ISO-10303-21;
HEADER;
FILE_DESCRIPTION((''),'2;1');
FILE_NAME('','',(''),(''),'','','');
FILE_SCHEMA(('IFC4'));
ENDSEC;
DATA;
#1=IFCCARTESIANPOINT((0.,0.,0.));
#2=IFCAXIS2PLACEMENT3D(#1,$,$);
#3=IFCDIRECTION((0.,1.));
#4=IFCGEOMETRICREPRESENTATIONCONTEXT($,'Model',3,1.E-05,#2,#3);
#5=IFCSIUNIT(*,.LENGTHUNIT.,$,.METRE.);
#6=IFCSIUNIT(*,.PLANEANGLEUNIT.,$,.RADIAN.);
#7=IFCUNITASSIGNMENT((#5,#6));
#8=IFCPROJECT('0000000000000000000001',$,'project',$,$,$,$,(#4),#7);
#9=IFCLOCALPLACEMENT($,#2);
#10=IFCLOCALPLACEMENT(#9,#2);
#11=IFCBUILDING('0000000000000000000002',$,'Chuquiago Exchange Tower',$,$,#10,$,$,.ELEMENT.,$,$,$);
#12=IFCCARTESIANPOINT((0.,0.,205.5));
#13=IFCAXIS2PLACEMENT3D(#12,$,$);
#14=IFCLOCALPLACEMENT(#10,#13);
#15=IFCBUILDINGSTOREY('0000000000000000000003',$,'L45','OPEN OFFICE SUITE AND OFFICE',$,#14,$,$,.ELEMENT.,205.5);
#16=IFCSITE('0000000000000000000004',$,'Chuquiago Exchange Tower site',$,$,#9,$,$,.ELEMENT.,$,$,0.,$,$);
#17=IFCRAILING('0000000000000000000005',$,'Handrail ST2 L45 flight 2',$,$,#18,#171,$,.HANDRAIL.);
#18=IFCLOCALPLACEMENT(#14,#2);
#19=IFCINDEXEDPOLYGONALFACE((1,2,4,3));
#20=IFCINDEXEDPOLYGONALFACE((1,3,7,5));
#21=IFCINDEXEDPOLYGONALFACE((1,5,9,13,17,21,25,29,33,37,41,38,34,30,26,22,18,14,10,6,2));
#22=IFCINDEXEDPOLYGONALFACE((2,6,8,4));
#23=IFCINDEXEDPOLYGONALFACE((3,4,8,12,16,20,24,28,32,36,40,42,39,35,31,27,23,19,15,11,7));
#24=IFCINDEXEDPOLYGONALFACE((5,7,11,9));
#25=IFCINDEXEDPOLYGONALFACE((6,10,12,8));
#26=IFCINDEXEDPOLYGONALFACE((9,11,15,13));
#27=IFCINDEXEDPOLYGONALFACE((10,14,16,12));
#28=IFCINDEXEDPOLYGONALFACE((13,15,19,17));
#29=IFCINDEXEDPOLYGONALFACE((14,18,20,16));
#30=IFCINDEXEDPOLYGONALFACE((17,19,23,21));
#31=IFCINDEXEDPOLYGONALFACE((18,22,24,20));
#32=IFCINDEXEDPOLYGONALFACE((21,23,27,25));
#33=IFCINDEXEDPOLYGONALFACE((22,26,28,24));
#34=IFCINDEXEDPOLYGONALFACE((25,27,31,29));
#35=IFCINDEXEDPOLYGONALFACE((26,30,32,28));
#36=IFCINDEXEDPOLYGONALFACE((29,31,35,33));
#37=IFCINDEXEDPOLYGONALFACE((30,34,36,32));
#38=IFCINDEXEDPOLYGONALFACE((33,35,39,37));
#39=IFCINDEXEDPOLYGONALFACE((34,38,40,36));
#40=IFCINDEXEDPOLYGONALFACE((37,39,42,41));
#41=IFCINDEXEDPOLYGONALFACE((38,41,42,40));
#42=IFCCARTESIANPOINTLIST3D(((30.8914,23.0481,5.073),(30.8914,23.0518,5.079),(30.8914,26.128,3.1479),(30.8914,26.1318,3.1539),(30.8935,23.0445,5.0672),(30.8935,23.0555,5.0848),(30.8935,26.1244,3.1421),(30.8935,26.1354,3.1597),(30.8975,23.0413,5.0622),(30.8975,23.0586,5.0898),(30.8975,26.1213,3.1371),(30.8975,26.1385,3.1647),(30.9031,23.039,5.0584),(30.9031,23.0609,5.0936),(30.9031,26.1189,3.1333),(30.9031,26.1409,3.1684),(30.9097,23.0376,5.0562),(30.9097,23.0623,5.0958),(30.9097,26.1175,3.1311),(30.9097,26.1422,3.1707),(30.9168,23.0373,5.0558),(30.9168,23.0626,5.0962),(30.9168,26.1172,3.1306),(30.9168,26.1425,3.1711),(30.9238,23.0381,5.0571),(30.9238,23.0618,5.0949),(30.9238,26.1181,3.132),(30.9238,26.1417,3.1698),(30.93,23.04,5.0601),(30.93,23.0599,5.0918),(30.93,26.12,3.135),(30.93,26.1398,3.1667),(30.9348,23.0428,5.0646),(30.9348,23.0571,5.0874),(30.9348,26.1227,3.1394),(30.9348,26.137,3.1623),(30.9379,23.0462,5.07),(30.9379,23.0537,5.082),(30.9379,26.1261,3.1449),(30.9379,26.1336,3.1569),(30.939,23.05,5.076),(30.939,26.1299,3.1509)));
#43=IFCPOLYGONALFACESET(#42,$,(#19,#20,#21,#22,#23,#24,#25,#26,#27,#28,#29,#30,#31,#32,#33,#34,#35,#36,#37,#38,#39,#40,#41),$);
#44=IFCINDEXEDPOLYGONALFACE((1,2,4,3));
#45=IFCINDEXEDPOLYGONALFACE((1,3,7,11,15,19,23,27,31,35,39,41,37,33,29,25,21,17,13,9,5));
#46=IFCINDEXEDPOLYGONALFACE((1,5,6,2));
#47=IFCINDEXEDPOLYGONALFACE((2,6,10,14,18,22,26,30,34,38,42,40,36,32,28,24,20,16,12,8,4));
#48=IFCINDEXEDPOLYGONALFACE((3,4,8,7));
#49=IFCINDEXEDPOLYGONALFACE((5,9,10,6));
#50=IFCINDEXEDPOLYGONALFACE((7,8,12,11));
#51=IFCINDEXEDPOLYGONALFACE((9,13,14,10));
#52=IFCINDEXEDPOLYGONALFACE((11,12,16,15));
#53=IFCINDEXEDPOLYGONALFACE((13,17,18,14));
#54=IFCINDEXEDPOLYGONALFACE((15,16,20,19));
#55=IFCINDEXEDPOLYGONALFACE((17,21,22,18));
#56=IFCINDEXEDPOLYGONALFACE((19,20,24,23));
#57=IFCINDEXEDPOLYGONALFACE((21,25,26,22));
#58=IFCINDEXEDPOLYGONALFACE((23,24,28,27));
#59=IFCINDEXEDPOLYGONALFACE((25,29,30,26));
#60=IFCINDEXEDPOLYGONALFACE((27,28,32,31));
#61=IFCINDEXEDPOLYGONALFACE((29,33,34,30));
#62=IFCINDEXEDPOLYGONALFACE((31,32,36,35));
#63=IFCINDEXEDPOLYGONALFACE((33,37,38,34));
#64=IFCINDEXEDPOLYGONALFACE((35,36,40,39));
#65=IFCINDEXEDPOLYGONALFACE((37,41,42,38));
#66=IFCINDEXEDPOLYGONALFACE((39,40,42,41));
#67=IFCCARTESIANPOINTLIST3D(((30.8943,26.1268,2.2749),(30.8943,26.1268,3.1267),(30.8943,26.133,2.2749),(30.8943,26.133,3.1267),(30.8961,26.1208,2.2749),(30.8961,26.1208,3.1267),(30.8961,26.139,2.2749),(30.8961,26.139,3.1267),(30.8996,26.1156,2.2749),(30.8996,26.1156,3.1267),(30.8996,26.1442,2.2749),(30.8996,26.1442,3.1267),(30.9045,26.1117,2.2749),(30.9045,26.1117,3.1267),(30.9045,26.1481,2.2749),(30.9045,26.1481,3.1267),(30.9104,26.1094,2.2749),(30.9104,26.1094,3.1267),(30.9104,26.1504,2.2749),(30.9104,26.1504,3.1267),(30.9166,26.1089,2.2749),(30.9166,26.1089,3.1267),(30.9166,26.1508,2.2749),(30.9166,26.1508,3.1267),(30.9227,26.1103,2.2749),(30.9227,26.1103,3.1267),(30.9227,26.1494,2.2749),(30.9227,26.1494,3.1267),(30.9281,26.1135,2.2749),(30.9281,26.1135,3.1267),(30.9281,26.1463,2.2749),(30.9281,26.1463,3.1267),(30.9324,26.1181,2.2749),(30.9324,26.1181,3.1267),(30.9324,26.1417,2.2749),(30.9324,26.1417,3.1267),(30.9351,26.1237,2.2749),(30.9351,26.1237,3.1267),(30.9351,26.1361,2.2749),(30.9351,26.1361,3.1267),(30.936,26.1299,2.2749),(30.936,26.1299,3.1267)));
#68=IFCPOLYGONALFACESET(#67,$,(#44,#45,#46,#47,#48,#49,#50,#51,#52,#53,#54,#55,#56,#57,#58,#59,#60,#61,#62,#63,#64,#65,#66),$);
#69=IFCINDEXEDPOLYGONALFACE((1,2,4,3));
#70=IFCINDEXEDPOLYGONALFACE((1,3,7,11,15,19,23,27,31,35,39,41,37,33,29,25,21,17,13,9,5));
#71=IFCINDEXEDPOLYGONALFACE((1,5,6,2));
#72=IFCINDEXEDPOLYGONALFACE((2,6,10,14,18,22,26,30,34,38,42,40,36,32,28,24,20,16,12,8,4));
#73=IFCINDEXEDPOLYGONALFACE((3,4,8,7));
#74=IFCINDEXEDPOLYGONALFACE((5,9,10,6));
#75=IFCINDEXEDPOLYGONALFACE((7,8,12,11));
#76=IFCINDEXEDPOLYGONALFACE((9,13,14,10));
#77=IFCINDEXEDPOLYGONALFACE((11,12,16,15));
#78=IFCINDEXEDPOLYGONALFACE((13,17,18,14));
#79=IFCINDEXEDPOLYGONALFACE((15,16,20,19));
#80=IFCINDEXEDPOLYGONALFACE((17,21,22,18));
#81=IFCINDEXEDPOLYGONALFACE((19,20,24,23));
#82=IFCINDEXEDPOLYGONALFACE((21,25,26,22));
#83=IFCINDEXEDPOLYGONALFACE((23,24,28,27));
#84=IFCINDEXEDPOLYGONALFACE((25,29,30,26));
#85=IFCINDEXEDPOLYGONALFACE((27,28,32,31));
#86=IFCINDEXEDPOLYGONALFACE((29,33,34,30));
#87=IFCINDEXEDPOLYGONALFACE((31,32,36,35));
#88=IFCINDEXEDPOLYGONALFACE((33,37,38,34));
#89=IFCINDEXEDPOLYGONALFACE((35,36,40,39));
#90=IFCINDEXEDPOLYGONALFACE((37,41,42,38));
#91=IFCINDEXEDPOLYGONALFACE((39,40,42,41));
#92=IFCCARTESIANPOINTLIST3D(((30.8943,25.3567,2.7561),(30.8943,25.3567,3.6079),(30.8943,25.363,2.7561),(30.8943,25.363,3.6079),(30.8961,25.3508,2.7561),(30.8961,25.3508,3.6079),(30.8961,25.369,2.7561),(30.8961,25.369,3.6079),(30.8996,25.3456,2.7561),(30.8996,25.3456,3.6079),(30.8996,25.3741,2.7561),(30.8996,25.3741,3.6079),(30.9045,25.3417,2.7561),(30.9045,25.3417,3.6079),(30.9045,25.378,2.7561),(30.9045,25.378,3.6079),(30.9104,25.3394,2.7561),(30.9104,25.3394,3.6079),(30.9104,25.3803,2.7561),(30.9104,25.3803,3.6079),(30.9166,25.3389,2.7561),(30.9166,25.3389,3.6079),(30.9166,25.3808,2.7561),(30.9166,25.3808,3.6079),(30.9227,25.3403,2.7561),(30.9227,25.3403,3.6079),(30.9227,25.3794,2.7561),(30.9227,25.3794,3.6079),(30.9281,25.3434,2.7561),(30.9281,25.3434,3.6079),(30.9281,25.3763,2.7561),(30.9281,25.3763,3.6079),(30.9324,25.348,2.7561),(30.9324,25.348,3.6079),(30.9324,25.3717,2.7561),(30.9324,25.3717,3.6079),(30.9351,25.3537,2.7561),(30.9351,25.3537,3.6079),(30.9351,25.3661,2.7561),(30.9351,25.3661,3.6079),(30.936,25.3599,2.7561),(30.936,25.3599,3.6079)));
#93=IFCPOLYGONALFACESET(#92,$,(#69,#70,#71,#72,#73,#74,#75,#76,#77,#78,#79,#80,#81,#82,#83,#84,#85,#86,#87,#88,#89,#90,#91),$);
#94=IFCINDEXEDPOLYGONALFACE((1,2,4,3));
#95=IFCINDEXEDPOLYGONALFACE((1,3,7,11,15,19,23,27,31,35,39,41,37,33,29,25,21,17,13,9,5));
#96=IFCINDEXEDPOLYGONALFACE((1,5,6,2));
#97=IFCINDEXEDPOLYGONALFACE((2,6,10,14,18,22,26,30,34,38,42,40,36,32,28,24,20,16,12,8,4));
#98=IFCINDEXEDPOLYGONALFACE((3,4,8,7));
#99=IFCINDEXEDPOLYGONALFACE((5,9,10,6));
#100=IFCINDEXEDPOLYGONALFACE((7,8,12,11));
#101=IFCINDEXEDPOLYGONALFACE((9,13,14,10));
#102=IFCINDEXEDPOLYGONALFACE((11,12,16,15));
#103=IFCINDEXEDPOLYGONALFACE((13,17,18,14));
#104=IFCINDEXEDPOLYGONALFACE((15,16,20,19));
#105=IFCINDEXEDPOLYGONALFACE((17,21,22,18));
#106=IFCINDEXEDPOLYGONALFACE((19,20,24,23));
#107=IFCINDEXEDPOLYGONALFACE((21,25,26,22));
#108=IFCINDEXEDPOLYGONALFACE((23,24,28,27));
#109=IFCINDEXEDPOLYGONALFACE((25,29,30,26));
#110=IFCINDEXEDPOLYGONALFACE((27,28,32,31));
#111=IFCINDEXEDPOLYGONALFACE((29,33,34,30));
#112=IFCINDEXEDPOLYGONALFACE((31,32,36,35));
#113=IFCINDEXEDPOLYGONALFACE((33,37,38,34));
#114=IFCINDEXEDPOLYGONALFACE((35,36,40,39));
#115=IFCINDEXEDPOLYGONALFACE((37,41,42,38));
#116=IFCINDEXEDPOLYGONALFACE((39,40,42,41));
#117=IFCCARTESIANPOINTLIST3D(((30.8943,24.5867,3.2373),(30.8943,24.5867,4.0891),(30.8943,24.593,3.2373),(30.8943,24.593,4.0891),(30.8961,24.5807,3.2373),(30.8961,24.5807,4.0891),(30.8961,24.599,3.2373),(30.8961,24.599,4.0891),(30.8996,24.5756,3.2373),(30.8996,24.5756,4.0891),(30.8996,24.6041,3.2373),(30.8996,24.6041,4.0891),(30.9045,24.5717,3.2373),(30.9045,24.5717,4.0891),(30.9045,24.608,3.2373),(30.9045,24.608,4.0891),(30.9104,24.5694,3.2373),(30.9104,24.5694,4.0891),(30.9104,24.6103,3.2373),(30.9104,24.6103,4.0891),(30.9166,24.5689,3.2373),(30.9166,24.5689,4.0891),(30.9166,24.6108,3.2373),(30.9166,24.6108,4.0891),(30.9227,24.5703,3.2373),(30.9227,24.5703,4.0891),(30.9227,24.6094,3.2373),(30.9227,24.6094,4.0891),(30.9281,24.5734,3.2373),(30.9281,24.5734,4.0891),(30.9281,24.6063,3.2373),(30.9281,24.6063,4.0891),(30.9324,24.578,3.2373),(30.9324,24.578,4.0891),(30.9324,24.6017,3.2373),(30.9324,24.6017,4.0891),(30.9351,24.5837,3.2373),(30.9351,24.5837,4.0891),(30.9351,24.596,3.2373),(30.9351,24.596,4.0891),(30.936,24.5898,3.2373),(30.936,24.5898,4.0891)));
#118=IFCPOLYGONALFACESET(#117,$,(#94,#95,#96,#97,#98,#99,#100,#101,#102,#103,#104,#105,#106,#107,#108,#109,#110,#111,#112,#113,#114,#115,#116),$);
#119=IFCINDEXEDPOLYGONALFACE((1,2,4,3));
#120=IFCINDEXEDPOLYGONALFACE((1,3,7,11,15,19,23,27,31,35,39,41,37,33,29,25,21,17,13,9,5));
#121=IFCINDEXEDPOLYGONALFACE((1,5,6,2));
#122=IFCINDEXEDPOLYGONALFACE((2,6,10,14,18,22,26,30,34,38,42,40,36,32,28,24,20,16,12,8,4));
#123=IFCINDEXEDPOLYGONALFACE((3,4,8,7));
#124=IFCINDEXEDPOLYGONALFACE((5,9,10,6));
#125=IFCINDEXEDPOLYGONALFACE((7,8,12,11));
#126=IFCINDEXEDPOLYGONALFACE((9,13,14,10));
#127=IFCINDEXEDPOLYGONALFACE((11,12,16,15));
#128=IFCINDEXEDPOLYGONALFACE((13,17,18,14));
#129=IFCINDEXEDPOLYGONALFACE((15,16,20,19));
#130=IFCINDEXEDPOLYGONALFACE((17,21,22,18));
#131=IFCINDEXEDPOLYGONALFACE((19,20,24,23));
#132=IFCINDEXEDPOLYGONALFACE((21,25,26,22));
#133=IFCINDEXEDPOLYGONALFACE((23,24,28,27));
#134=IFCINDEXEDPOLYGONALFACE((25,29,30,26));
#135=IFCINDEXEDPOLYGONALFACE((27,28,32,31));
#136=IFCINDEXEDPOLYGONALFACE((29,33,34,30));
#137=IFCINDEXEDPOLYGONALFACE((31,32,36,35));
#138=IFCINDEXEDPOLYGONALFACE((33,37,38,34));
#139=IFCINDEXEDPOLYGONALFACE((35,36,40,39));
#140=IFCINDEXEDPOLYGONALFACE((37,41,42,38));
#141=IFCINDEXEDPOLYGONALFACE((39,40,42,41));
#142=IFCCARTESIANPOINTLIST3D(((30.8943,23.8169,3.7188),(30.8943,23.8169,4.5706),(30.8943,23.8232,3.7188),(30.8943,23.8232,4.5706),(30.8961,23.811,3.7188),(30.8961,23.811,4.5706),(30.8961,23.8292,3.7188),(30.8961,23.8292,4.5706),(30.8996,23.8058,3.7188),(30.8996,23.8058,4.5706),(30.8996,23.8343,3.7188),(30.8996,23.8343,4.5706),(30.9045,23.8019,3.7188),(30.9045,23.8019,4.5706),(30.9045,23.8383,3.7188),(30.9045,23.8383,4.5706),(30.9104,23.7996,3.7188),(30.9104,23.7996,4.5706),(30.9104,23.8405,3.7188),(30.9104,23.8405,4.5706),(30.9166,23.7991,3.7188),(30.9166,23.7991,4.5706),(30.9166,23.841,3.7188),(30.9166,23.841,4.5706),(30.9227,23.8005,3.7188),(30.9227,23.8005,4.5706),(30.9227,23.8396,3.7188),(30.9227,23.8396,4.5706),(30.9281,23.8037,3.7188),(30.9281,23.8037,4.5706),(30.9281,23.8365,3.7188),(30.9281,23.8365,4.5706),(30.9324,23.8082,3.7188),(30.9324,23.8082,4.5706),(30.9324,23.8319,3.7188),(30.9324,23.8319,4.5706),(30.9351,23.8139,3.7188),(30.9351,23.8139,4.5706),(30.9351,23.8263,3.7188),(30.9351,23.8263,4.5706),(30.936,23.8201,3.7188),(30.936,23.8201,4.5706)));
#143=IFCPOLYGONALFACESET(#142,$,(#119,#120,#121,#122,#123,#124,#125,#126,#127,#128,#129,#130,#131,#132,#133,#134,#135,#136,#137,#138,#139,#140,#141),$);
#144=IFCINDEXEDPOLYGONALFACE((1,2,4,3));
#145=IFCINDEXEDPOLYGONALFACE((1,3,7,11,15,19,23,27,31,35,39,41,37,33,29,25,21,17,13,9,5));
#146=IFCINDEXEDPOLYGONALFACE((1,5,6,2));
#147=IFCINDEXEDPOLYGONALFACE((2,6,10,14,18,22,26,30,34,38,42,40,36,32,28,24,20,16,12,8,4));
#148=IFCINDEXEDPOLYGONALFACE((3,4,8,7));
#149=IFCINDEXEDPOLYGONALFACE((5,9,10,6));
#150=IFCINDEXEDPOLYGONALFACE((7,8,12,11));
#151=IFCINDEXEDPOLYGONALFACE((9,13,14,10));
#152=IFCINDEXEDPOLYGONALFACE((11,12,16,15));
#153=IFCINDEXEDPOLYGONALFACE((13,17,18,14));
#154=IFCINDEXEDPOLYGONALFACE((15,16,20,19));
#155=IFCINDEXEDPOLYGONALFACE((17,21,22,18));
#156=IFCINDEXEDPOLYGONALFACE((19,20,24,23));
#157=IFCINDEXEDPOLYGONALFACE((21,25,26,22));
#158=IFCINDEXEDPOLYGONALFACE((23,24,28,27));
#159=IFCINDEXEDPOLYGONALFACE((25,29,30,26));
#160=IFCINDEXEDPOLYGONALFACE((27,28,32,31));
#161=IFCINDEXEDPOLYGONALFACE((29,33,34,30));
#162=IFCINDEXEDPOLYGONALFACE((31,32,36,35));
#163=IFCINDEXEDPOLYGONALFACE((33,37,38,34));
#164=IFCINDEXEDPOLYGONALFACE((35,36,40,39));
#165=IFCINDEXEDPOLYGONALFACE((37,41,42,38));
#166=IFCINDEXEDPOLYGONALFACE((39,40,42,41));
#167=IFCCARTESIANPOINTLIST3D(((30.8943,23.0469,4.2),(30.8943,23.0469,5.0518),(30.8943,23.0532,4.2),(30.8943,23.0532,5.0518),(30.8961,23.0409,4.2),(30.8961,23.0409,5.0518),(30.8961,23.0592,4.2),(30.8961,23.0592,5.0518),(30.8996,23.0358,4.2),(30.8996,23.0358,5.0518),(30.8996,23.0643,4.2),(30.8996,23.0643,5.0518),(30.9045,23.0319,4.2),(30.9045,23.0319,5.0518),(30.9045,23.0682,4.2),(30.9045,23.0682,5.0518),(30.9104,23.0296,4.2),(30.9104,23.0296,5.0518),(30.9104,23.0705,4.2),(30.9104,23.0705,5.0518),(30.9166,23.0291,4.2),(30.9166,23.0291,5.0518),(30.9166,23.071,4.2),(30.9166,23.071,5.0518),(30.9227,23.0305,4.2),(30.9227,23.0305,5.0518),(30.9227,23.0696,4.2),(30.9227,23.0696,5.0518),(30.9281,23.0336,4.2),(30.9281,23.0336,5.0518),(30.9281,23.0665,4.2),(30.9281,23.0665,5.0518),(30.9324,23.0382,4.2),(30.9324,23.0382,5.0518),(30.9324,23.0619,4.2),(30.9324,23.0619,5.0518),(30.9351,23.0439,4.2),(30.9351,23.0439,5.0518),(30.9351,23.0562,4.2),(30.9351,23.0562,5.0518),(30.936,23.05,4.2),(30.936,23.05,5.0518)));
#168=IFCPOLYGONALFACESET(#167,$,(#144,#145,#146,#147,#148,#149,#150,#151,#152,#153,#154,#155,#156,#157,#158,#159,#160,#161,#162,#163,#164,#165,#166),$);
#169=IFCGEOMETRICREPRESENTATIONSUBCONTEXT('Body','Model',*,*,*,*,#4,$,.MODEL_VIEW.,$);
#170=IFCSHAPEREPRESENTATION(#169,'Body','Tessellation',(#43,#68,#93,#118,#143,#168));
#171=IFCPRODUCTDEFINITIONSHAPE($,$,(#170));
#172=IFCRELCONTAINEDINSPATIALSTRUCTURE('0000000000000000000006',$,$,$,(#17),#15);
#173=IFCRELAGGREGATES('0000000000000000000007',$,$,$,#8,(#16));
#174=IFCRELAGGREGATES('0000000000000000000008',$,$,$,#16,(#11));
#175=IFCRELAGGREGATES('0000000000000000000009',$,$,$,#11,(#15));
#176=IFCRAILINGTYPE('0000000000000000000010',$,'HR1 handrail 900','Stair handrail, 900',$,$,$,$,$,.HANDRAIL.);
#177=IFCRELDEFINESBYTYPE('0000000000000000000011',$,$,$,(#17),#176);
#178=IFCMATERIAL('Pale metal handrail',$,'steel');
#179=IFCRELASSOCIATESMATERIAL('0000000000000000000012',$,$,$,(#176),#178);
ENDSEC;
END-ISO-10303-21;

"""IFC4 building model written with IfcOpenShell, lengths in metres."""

from ifc_helpers import new_model, si_unit, direction, frame, origin, origin_2d, place, context, subcontext, project, spatial, circle, extrude, material, type_object, element, save


model = new_model("IFC4")

# Units and contexts
model_context = context("Model", 3, precision=1e-05, world=origin(), true_north=direction((0.0, 1.0)))
body_context = subcontext(model_context, "Body", "Model", "MODEL_VIEW")
ifc_project = project(units=[si_unit("LENGTHUNIT", "METRE"), si_unit("PLANEANGLEUNIT", "RADIAN")], contexts=[model_context])

# Site, building, storey
site_placement = place(None, origin())
site = spatial("IfcSite", under=ifc_project, at=site_placement, Name="Chuquiago Exchange Tower site", CompositionType="ELEMENT", RefElevation=0.0)
building_placement = place(site_placement, origin())
building = spatial("IfcBuilding", under=site, at=building_placement, Name="Chuquiago Exchange Tower", CompositionType="ELEMENT")
storey_placement = place(building_placement, frame((0.0, 0.0, 205.5)))
storey = spatial("IfcBuildingStorey", under=building, at=storey_placement, Name="L45", Description="OPEN OFFICE SUITE AND OFFICE", CompositionType="ELEMENT", Elevation=205.5)

# Railing
ifc_material_1 = material(Name="Pale metal handrail", Category="steel")
railing_type_1 = type_object("IfcRailingType", Name="HR1 handrail 900", Description="Stair handrail, 900", PredefinedType="HANDRAIL", material=ifc_material_1)
for number, where, name in (
    (1, (30.915, 26.1299, 2.2749), "Handrail ST2 L45 flight 2"),
):
    element("IfcRailing", number, at=place(storey_placement, frame(where)), inside=storey, type_object=railing_type_1, Name=name, PredefinedType="HANDRAIL", context=body_context, shape_type="SweptSolid", body=[
        extrude(circle(Radius=0.0239, at=origin_2d()), frame((0.0, 0.0, 0.876), z_axis=(0.0, -0.847979, 0.530029), x_axis=(1.0, 0.0, 0.0)), (0.0, 0.0, 1.0), 3.6321),
        extrude(circle(Radius=0.021, at=origin_2d()), origin(), (0.0, 0.0, 1.0), 0.8518),
        extrude(circle(Radius=0.021, at=origin_2d()), frame((0.0, -0.77, 0.4812)), (0.0, 0.0, 1.0), 0.8518),
        extrude(circle(Radius=0.021, at=origin_2d()), frame((0.0, -1.54, 0.9624)), (0.0, 0.0, 1.0), 0.8518),
        extrude(circle(Radius=0.021, at=origin_2d()), frame((0.0, -2.3098, 1.4438)), (0.0, 0.0, 1.0), 0.8518),
        extrude(circle(Radius=0.021, at=origin_2d()), frame((0.0, -3.0798, 1.925)), (0.0, 0.0, 1.0), 0.8518),
    ])

save(model, "model.ifc")
